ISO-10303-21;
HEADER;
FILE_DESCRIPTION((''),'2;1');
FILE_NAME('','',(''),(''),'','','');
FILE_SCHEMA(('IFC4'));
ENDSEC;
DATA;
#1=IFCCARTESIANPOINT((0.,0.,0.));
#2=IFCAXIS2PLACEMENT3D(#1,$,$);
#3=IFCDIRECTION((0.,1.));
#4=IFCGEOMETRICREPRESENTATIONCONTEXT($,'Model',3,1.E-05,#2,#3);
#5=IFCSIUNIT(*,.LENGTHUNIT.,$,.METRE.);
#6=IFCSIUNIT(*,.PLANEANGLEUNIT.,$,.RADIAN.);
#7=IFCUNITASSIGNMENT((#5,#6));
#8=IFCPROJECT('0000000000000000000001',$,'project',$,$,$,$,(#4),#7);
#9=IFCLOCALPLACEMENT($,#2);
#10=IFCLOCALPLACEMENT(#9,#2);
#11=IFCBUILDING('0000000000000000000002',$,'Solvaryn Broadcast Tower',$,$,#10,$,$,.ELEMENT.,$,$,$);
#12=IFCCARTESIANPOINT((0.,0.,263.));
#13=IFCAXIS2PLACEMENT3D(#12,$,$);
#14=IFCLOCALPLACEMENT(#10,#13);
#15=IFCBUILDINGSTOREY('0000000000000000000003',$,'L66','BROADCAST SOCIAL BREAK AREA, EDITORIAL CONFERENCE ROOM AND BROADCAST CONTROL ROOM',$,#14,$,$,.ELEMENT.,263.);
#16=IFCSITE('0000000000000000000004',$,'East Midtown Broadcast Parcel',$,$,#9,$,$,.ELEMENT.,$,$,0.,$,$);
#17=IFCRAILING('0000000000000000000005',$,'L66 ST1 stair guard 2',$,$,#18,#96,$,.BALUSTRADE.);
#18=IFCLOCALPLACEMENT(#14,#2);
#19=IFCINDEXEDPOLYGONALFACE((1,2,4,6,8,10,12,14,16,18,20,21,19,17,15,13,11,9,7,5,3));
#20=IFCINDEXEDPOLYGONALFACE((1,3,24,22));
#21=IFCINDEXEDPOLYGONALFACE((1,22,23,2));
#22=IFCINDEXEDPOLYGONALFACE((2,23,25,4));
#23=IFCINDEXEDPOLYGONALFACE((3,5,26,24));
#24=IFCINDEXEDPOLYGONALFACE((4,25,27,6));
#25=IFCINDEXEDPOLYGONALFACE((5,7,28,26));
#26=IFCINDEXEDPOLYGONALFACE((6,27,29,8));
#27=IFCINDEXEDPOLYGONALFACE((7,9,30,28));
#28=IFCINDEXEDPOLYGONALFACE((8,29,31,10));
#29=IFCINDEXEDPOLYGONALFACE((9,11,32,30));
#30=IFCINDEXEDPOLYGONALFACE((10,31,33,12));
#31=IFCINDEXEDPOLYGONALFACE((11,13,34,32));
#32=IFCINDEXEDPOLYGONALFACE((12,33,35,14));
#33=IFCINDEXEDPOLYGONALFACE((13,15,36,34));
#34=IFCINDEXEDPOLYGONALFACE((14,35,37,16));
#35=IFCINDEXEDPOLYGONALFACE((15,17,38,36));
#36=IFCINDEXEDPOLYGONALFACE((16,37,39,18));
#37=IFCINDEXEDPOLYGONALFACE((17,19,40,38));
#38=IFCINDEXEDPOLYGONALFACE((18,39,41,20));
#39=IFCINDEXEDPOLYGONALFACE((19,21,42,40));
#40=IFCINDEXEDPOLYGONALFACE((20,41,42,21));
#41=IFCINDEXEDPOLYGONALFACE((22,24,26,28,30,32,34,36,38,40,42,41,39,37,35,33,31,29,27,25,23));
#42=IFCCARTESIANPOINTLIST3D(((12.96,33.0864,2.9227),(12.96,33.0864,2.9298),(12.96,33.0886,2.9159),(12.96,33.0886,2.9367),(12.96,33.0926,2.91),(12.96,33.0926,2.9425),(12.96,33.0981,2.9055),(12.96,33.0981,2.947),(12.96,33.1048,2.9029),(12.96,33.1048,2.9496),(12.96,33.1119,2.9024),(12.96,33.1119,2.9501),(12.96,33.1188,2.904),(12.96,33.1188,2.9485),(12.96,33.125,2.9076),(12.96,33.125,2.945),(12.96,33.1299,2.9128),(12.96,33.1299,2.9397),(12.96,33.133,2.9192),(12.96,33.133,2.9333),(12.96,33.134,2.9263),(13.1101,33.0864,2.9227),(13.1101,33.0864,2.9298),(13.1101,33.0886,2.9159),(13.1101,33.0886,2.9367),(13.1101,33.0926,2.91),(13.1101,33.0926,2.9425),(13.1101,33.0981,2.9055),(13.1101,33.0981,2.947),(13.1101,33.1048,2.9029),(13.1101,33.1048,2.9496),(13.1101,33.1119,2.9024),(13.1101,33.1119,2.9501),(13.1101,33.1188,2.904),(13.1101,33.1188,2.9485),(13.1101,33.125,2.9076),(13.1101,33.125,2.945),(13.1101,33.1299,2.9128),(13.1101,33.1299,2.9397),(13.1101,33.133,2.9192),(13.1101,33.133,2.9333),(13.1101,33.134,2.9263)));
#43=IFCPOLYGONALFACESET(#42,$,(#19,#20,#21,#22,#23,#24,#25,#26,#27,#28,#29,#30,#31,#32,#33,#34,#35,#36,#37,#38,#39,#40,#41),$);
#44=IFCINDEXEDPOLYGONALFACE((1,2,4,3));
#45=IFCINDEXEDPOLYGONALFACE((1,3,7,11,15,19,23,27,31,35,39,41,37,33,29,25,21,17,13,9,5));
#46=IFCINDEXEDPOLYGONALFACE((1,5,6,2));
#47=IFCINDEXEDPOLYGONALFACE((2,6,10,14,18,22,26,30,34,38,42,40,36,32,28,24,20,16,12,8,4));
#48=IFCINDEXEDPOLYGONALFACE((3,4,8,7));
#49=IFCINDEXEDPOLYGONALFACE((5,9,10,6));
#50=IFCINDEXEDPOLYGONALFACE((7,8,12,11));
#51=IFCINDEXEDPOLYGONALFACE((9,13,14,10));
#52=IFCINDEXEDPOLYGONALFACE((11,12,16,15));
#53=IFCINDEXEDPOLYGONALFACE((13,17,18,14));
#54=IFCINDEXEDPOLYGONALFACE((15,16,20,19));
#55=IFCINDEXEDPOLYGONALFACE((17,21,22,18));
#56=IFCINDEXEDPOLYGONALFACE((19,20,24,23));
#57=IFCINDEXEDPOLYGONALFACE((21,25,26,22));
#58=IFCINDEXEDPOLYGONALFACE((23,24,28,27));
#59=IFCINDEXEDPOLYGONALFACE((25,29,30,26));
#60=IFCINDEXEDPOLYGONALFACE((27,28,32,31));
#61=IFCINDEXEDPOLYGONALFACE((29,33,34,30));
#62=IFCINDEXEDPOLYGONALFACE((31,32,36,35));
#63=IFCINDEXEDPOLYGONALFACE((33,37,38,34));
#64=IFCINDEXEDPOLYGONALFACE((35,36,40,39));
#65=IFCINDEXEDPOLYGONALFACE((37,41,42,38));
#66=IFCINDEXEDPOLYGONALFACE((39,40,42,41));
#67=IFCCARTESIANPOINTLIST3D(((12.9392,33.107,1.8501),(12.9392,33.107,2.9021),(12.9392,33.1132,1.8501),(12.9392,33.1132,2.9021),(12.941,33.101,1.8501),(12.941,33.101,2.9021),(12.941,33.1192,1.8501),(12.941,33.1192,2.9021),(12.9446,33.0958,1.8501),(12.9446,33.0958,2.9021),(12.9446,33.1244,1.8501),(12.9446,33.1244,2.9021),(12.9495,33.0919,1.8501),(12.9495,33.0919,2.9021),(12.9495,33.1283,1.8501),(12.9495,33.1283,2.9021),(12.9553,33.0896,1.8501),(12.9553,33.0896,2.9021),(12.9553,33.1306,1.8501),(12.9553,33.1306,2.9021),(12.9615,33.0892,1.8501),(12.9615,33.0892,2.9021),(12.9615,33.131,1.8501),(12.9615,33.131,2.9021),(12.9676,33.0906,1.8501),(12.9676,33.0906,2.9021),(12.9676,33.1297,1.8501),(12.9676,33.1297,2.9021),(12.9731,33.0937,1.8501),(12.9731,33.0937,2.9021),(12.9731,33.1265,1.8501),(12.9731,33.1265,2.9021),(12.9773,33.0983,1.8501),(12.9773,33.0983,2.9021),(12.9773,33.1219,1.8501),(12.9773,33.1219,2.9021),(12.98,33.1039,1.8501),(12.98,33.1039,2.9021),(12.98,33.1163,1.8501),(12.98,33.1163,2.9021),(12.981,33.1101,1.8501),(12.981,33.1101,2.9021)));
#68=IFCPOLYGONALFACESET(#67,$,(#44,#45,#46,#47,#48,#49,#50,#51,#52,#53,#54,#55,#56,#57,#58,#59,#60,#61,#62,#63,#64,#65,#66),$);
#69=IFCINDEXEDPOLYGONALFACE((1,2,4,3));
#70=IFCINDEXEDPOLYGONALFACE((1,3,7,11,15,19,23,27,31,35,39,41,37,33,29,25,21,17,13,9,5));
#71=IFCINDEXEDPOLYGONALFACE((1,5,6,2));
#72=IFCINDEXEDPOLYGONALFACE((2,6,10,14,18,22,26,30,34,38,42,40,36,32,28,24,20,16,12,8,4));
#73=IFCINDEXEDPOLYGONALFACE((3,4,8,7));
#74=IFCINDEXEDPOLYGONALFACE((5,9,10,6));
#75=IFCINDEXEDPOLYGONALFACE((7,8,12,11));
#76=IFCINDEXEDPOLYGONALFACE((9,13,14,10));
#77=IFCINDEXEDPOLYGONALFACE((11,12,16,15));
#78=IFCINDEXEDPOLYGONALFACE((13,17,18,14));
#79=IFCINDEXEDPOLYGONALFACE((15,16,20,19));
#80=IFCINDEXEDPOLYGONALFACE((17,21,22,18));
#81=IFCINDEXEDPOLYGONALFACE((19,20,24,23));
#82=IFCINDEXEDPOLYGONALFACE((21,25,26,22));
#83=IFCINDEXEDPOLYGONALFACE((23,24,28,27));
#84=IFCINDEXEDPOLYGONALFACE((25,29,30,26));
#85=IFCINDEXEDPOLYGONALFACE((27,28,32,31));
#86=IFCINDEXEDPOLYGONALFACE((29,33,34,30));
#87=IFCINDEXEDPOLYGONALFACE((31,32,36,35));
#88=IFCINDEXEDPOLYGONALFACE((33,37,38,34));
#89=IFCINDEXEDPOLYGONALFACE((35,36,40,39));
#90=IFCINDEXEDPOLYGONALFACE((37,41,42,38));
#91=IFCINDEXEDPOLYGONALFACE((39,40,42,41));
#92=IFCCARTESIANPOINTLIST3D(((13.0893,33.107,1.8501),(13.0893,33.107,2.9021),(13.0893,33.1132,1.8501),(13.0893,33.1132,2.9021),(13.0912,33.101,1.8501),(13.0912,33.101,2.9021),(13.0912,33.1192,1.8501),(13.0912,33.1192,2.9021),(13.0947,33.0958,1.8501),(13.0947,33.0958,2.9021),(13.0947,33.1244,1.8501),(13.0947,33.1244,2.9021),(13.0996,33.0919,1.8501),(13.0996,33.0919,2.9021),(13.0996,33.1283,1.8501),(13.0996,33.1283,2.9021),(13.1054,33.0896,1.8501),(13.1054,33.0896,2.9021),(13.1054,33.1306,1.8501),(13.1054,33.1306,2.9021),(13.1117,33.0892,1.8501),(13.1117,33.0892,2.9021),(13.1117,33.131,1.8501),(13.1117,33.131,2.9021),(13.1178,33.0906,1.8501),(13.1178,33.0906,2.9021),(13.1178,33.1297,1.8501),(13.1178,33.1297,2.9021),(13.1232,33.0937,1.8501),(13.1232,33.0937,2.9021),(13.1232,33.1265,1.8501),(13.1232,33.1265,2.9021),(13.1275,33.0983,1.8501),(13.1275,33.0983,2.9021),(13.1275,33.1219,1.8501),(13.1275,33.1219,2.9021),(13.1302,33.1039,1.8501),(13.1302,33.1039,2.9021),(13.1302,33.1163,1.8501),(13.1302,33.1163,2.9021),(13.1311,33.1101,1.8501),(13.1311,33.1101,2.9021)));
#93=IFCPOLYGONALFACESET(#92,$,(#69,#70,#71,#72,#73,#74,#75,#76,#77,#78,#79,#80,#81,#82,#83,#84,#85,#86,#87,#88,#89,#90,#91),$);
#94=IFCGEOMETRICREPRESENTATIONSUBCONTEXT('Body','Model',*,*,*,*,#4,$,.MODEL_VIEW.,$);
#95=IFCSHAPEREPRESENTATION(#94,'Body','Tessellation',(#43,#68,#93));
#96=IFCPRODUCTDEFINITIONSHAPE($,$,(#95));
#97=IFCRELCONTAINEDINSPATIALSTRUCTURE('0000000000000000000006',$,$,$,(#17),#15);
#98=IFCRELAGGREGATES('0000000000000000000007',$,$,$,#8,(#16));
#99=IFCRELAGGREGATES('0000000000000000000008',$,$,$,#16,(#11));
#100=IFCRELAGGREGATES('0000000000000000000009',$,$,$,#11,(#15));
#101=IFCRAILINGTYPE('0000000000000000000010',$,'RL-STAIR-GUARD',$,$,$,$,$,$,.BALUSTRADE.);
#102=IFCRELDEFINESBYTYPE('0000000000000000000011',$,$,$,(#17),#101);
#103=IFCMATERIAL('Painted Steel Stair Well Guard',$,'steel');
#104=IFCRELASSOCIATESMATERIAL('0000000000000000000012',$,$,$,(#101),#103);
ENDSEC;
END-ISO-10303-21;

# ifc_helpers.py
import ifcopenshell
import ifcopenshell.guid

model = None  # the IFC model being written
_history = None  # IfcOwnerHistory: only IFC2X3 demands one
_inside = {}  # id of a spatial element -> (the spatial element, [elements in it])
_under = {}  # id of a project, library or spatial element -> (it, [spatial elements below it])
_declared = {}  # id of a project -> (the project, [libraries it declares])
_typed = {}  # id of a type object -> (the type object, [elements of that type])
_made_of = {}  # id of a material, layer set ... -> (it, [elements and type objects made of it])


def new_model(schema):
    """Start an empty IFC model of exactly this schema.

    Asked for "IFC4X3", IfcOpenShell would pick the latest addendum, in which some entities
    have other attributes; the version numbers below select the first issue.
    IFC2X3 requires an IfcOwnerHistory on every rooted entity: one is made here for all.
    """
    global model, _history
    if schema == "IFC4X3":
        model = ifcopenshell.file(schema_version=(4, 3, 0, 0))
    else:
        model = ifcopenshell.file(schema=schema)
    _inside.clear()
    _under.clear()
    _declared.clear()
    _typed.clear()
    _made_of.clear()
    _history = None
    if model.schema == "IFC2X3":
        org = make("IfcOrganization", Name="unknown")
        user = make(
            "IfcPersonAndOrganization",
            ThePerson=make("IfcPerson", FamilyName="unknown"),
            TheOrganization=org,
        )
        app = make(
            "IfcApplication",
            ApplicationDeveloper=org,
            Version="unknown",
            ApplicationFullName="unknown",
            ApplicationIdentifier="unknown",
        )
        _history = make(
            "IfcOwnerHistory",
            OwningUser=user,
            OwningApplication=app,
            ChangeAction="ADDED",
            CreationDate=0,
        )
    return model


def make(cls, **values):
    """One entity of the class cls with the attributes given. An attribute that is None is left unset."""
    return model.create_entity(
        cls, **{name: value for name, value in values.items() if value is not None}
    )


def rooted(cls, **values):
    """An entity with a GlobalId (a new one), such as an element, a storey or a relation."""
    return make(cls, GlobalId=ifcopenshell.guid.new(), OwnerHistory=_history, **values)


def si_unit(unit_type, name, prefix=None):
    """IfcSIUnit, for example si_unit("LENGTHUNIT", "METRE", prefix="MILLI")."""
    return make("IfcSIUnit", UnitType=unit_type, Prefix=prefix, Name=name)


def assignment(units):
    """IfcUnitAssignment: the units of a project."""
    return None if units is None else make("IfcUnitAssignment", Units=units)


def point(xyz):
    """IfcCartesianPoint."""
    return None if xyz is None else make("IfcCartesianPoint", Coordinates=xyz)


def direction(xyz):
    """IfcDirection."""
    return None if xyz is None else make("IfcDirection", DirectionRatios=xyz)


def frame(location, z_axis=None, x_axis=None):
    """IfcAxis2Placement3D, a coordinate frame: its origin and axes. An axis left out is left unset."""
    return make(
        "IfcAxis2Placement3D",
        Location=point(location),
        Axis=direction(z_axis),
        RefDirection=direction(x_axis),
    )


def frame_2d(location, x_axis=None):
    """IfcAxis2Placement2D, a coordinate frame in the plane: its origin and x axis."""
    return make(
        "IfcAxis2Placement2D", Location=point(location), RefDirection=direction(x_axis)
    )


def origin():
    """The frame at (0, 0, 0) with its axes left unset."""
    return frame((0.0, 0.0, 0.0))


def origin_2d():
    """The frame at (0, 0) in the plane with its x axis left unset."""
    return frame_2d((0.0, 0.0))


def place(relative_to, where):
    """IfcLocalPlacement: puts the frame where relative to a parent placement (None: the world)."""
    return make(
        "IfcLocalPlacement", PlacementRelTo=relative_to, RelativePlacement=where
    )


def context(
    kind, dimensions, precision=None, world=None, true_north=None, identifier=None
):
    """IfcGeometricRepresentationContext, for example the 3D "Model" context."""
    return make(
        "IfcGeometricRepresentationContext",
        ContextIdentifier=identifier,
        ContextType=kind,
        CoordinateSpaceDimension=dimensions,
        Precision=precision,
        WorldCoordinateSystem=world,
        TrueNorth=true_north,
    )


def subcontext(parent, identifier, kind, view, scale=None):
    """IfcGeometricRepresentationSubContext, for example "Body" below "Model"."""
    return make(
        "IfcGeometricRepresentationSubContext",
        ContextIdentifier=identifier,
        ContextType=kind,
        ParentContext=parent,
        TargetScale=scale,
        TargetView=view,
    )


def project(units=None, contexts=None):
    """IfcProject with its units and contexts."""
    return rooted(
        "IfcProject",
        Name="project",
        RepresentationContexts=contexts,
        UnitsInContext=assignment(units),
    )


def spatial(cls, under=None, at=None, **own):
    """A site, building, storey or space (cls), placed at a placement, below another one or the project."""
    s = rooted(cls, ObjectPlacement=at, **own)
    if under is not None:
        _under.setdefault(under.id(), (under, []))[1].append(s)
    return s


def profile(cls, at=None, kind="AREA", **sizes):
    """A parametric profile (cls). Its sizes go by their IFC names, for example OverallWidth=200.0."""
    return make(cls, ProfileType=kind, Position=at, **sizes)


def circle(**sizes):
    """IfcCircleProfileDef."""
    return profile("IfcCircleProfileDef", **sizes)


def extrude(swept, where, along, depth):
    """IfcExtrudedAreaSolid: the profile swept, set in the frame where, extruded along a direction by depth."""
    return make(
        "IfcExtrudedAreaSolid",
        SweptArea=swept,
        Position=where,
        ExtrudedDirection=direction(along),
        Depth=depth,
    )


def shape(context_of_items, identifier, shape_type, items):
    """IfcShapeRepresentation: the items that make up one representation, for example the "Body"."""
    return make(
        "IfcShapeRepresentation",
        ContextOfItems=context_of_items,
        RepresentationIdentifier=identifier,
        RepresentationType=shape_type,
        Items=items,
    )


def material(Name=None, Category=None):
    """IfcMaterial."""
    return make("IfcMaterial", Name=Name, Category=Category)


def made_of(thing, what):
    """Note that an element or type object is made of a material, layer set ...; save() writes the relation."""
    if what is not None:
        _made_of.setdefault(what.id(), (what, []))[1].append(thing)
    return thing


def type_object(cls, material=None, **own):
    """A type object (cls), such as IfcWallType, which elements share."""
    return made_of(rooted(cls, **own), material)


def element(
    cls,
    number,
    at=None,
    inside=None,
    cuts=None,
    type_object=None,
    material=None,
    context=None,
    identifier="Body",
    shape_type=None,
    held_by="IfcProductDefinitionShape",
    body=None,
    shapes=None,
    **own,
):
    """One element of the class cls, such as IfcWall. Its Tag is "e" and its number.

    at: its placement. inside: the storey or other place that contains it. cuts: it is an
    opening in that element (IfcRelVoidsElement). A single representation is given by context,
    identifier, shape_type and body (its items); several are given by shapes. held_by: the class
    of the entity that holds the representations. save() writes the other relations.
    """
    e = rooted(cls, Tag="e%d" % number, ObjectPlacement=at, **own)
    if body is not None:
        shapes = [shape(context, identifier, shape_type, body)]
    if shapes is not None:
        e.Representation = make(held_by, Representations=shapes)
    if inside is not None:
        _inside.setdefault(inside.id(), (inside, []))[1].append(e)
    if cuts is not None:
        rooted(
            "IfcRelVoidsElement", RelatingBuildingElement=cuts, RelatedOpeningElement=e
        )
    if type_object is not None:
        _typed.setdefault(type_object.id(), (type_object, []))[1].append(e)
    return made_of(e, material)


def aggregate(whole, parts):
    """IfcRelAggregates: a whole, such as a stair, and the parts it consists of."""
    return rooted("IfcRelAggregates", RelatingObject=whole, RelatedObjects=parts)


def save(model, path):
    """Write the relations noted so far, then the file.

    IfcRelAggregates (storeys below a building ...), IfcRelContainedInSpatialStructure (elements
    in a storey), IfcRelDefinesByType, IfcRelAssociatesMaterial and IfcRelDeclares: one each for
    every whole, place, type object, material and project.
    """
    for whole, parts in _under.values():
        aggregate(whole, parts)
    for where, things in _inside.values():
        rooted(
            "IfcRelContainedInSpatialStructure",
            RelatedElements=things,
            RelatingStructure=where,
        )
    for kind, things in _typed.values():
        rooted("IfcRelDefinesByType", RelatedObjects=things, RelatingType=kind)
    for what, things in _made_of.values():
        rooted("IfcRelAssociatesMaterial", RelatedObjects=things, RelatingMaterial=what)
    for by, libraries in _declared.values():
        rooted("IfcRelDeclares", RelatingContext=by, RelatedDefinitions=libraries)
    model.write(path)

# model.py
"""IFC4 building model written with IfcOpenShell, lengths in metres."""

from ifc_helpers import new_model, si_unit, direction, frame, origin, origin_2d, place, context, subcontext, project, spatial, circle, extrude, material, type_object, element, save


model = new_model("IFC4")

# Units and contexts
model_context = context("Model", 3, precision=1e-05, world=origin(), true_north=direction((0.0, 1.0)))
body_context = subcontext(model_context, "Body", "Model", "MODEL_VIEW")
ifc_project = project(units=[si_unit("LENGTHUNIT", "METRE"), si_unit("PLANEANGLEUNIT", "RADIAN")], contexts=[model_context])

# Site, building, storey
site_placement = place(None, origin())
site = spatial("IfcSite", under=ifc_project, at=site_placement, Name="East Midtown Broadcast Parcel", CompositionType="ELEMENT", RefElevation=0.0)
building_placement = place(site_placement, origin())
building = spatial("IfcBuilding", under=site, at=building_placement, Name="Solvaryn Broadcast Tower", CompositionType="ELEMENT")
storey_placement = place(building_placement, frame((0.0, 0.0, 263.0)))
storey = spatial("IfcBuildingStorey", under=building, at=storey_placement, Name="L66", Description="BROADCAST SOCIAL BREAK AREA, EDITORIAL CONFERENCE ROOM AND BROADCAST CONTROL ROOM", CompositionType="ELEMENT", Elevation=263.0)

# Railing
ifc_material_1 = material(Name="Painted Steel Stair Well Guard", Category="steel")
railing_type_1 = type_object("IfcRailingType", Name="RL-STAIR-GUARD", PredefinedType="BALUSTRADE", material=ifc_material_1)
railing_1_placement = place(storey_placement, frame((12.96, 33.1101, 1.8501)))
element("IfcRailing", 1, at=railing_1_placement, inside=storey, type_object=railing_type_1, Name="L66 ST1 stair guard 2", PredefinedType="BALUSTRADE", context=body_context, shape_type="SweptSolid", body=[
    extrude(circle(Radius=0.0239, at=origin_2d()), frame((0.0, 0.0, 1.0762), z_axis=(1.0, 0.0, 0.0), x_axis=(0.0, 1.0, 0.0)), (0.0, 0.0, 1.0), 0.1501),
    extrude(circle(Radius=0.021, at=origin_2d()), origin(), (0.0, 0.0, 1.0), 1.052),
    extrude(circle(Radius=0.021, at=origin_2d()), frame((0.1501, 0.0, 0.0)), (0.0, 0.0, 1.0), 1.052),
])

save(model, "model.ifc")
